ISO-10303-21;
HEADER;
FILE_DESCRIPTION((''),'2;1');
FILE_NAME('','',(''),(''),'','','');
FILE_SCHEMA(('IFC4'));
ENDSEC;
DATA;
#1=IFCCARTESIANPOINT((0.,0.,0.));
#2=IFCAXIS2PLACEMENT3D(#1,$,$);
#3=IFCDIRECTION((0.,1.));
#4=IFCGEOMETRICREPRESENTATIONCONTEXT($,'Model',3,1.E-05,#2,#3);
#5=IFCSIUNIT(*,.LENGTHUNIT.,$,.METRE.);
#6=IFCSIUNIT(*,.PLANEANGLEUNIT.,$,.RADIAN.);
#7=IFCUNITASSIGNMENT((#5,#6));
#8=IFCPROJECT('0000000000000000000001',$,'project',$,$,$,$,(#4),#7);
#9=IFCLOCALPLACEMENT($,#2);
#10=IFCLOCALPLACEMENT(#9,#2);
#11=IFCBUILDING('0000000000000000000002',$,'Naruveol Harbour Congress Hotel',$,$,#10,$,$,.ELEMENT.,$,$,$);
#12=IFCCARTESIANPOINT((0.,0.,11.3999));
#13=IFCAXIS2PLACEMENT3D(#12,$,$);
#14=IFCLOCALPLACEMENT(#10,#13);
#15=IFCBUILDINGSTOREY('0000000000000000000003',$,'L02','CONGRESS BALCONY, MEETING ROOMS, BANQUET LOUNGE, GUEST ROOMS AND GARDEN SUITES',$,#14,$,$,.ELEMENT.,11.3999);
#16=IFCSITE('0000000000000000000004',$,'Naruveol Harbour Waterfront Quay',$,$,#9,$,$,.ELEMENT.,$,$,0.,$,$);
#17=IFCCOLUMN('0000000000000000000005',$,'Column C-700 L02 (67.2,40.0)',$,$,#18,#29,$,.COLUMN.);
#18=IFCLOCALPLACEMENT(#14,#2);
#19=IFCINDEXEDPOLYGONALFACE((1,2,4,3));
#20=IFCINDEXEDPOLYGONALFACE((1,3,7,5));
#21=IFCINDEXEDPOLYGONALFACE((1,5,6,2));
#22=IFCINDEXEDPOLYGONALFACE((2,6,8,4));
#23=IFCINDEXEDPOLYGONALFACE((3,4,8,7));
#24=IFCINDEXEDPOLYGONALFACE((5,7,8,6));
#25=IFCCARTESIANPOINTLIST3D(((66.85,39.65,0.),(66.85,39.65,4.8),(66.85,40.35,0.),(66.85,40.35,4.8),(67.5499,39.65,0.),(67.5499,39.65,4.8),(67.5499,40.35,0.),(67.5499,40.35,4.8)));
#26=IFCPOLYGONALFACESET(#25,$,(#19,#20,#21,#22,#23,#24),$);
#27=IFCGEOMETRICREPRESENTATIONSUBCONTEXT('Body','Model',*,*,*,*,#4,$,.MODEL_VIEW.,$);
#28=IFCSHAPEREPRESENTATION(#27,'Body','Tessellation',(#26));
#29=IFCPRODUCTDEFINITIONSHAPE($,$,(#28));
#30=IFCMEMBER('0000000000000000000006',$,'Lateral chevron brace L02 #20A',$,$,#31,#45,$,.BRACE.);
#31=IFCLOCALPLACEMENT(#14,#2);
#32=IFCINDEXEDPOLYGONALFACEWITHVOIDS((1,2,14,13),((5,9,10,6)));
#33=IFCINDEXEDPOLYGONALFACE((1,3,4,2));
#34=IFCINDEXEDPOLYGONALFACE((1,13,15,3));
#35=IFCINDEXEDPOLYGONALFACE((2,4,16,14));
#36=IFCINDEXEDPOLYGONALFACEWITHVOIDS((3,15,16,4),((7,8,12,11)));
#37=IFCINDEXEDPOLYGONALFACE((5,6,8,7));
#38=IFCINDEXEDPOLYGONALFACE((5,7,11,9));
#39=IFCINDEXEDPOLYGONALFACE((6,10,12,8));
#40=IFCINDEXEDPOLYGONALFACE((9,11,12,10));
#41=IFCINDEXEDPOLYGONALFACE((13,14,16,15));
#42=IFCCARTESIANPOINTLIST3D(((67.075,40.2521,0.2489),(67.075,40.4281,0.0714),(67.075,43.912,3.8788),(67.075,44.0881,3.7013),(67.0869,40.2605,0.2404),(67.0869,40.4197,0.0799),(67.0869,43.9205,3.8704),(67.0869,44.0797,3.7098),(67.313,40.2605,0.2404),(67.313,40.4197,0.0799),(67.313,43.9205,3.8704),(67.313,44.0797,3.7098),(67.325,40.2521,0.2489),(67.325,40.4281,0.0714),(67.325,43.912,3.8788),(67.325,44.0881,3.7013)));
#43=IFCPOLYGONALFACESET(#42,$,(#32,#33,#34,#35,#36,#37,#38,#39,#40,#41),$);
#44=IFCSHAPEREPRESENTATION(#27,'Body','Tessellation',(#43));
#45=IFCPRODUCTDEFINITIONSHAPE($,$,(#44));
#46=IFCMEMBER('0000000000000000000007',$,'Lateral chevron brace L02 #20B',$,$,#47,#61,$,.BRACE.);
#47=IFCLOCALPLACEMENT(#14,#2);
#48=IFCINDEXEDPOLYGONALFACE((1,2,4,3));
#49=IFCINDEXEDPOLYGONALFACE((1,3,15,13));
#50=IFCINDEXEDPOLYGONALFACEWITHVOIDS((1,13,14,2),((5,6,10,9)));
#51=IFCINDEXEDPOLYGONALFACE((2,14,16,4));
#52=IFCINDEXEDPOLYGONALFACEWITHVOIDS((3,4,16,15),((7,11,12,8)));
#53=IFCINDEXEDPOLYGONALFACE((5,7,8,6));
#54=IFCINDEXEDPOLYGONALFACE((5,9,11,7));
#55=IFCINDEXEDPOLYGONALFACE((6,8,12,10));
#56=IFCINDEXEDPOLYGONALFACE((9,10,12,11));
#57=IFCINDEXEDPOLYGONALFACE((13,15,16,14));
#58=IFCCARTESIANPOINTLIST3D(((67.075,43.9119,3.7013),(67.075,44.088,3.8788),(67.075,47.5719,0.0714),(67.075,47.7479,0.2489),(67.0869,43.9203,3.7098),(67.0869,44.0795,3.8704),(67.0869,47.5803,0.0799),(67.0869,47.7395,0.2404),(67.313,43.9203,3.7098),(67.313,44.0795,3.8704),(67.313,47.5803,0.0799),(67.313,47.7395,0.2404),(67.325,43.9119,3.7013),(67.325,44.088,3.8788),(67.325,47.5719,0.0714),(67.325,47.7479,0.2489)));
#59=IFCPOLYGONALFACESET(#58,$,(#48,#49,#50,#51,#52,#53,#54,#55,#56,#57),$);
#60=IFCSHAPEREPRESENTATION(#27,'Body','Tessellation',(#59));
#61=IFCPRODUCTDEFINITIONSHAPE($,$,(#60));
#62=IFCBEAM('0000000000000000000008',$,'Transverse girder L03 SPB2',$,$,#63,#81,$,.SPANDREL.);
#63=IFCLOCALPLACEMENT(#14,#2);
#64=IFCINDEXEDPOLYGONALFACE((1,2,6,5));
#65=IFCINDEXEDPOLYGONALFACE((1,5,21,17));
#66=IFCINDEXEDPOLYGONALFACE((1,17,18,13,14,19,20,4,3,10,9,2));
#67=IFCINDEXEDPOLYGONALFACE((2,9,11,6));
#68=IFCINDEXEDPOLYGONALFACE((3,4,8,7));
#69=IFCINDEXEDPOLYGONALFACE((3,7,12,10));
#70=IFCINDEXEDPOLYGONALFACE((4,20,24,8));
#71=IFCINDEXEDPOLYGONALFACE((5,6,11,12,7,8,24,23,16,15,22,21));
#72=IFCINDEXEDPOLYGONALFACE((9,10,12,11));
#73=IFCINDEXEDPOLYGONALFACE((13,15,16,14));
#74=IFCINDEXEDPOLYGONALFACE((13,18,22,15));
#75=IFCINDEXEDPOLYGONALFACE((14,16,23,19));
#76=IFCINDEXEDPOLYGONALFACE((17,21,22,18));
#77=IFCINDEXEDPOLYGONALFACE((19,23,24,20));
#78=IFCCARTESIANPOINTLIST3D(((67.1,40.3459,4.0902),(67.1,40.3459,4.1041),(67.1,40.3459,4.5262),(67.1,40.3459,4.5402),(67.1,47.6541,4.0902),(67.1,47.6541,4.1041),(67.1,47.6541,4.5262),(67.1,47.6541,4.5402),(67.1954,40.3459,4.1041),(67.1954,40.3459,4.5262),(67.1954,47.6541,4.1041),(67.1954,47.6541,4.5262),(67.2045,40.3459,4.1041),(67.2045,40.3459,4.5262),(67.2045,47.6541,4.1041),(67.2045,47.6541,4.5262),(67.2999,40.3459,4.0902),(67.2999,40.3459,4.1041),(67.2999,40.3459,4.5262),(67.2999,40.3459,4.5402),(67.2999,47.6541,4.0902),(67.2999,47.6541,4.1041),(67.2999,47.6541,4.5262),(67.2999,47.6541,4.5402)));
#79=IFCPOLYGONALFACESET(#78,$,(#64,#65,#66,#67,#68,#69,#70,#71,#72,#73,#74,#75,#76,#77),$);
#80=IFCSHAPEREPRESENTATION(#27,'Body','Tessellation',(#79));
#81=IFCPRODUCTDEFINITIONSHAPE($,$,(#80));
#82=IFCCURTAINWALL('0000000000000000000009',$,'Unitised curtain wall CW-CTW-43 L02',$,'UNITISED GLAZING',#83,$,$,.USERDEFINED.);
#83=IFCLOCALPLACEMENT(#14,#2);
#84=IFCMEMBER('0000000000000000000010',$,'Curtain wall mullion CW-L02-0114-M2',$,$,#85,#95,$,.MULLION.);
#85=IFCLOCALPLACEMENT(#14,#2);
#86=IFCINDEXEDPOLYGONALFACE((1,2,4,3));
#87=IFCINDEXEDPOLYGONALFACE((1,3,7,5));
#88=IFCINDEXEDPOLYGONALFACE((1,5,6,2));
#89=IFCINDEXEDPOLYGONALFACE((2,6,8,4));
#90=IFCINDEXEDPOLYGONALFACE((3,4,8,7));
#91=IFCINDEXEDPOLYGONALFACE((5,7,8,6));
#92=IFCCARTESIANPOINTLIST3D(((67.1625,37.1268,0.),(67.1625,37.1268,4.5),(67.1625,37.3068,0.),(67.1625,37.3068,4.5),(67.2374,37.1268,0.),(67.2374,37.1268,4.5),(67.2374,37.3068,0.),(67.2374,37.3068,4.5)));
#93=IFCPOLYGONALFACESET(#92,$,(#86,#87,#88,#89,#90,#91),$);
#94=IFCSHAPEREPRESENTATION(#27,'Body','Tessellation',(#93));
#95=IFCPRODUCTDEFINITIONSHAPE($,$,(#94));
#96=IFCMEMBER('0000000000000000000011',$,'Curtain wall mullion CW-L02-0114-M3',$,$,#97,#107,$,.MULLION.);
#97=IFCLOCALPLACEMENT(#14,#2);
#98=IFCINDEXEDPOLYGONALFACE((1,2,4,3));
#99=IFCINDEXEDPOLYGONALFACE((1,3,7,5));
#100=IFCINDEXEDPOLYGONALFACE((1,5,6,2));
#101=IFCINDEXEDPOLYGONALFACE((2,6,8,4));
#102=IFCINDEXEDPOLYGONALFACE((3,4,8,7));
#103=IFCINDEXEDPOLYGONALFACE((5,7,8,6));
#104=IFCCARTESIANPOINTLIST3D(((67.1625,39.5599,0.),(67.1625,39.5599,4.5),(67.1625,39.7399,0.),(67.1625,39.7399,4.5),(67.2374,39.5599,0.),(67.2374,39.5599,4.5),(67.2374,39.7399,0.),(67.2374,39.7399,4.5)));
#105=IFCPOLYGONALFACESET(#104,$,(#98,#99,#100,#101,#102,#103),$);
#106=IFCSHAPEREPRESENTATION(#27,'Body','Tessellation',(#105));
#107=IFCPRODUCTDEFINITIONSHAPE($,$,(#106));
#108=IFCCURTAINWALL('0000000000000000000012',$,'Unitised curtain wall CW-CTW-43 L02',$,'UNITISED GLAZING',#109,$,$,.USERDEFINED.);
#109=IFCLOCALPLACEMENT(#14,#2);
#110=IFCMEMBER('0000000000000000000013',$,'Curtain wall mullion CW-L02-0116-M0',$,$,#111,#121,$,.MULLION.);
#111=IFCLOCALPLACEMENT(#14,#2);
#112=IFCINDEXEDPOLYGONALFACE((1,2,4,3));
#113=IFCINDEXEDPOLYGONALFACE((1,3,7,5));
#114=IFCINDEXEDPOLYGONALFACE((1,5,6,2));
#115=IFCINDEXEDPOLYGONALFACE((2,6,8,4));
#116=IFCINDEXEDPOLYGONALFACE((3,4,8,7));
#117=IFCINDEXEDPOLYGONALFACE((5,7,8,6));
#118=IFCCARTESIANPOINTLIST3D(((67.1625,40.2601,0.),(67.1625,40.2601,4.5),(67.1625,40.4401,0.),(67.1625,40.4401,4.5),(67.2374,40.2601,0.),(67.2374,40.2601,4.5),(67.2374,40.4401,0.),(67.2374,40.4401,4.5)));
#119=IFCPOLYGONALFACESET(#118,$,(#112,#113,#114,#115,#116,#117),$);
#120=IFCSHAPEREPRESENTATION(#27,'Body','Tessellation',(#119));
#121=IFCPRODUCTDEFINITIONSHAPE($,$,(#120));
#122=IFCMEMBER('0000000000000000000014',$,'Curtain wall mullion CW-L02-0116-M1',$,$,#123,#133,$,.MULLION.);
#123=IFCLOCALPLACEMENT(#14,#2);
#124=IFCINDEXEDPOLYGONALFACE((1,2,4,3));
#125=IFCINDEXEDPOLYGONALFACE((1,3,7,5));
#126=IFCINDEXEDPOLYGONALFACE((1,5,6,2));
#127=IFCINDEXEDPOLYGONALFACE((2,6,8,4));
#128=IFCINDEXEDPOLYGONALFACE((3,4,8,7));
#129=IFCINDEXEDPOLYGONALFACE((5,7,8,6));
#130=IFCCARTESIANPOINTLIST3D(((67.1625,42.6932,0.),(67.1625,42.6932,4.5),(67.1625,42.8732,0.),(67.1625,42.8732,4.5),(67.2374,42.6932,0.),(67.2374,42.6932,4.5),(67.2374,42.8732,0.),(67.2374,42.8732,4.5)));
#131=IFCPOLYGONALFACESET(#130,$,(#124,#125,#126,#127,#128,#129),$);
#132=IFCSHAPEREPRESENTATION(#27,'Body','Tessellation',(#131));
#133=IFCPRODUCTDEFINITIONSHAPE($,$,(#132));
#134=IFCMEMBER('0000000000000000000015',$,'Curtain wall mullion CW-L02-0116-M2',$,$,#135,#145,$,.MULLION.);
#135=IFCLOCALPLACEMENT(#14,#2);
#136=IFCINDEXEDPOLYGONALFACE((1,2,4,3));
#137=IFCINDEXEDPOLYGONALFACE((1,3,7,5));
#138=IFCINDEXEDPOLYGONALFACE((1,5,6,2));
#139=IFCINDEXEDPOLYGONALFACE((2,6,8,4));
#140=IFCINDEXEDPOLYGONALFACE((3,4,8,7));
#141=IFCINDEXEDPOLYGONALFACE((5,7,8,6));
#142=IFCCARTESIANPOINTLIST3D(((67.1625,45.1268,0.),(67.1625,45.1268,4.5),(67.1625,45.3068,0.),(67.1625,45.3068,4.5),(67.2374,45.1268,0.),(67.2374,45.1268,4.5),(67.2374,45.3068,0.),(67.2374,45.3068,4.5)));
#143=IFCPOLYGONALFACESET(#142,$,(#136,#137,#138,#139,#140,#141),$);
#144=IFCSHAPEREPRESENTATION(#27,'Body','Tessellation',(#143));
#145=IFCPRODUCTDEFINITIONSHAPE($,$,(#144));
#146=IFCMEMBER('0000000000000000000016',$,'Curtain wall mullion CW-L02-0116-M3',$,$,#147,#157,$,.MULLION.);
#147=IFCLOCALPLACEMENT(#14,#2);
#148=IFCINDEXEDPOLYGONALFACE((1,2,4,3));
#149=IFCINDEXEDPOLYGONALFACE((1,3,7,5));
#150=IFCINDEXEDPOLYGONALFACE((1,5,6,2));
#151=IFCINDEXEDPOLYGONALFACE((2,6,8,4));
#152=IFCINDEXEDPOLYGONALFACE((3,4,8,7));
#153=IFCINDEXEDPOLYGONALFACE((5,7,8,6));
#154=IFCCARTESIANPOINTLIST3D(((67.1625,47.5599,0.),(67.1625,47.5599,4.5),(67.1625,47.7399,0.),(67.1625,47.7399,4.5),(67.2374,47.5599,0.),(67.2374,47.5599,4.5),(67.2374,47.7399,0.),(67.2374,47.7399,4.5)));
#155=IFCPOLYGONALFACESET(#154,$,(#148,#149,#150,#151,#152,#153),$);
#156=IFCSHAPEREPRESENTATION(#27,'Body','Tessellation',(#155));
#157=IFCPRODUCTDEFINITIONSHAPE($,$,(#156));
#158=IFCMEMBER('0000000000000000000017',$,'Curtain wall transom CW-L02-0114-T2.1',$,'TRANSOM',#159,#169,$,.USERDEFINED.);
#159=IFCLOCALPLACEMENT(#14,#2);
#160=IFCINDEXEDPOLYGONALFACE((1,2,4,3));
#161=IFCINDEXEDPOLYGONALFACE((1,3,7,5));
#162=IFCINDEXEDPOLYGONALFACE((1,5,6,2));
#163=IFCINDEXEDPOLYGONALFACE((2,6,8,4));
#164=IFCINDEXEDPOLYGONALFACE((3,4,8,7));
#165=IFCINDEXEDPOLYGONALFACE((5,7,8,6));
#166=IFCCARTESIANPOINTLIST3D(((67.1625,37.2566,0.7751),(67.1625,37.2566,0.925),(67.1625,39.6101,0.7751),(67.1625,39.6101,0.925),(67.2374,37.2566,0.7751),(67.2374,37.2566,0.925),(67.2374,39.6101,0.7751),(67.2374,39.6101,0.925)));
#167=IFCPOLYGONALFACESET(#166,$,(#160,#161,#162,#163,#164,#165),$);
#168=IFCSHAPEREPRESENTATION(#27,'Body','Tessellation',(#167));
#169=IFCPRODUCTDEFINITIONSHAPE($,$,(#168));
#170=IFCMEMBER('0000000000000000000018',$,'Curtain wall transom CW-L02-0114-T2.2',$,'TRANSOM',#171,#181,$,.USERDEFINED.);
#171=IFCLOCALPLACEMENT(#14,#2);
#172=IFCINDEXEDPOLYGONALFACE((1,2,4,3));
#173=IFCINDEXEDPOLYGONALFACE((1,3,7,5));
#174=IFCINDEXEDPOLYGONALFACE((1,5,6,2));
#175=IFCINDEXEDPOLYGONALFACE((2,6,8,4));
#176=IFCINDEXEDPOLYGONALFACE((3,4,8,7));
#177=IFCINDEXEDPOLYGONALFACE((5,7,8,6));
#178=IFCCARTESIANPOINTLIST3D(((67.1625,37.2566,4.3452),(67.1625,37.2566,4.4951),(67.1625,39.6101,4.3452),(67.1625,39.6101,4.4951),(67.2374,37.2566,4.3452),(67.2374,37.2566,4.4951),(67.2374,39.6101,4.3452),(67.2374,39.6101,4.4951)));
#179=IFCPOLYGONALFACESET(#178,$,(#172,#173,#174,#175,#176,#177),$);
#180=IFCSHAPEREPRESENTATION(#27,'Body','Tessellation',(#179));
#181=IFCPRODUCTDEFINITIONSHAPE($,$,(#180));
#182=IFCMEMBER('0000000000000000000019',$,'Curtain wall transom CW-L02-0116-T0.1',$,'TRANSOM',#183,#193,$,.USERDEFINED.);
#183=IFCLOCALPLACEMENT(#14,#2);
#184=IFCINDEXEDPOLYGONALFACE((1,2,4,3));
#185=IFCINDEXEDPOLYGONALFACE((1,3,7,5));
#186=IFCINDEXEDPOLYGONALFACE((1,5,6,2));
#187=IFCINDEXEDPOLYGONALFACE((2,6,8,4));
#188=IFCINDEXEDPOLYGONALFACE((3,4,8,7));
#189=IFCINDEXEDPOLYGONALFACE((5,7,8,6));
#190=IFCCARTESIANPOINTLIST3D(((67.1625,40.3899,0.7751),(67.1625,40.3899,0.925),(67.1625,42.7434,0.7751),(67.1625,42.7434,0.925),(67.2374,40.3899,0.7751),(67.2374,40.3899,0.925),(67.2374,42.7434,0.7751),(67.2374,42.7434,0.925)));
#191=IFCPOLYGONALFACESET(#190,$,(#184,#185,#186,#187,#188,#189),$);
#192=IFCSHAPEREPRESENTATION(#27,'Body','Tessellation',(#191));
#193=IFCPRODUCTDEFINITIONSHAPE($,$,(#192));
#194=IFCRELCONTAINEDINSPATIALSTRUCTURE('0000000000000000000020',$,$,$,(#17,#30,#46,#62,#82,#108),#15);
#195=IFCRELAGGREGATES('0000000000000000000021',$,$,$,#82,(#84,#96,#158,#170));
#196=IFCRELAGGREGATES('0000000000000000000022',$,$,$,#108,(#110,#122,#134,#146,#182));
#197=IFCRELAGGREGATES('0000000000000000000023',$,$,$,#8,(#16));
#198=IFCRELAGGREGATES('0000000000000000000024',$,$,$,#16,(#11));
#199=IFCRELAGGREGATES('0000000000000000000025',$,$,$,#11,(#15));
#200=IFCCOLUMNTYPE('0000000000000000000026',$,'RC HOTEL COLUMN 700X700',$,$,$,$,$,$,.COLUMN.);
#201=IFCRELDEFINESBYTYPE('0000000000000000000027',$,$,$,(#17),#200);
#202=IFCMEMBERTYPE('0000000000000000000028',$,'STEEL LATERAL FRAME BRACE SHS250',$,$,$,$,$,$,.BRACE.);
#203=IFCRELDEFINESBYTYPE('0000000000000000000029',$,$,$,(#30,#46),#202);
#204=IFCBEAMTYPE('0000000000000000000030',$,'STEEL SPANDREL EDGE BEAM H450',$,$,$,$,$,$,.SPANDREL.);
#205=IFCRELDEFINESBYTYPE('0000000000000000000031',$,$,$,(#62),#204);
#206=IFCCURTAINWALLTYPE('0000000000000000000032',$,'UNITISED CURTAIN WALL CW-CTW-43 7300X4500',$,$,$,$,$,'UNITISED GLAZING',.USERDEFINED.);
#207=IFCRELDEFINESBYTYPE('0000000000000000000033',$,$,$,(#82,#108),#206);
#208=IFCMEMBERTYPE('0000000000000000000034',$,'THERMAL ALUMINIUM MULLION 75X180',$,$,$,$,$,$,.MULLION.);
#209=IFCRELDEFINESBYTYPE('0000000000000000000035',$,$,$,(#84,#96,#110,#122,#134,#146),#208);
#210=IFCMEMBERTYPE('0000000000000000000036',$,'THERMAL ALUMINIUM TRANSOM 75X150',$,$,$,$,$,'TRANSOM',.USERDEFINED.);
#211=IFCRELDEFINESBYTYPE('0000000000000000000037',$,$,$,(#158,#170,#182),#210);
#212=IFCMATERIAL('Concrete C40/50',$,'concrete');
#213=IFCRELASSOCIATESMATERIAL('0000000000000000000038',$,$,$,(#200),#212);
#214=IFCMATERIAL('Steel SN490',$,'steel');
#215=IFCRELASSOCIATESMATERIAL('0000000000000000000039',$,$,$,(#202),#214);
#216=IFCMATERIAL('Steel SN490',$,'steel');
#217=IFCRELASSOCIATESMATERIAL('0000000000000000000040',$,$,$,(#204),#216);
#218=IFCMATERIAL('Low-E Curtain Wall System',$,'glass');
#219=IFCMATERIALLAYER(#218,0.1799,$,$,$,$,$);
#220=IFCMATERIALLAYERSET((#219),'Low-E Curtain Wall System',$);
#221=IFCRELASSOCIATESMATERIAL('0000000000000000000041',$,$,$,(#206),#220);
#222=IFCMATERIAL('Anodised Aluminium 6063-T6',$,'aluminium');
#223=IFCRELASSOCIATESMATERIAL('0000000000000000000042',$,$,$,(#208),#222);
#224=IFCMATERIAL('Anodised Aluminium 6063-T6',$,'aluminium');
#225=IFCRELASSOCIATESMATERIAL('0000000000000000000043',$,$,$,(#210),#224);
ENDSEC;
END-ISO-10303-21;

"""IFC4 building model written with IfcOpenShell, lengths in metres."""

from ifc_helpers import new_model, si_unit, direction, frame, origin, origin_2d, place, context, subcontext, project, spatial, rectangle, hollow_rectangle, i_section, extrude, material, layer, layer_set, material_profile, profile_set, type_object, element, aggregate, save


model = new_model("IFC4")

# Units and contexts
model_context = context("Model", 3, precision=1e-05, world=origin(), true_north=direction((0.0, 1.0)))
body_context = subcontext(model_context, "Body", "Model", "MODEL_VIEW")
ifc_project = project(units=[si_unit("LENGTHUNIT", "METRE"), si_unit("PLANEANGLEUNIT", "RADIAN")], contexts=[model_context])

# Site, building, storey
site_placement = place(None, origin())
site = spatial("IfcSite", under=ifc_project, at=site_placement, Name="Naruveol Harbour Waterfront Quay", CompositionType="ELEMENT", RefElevation=0.0)
building_placement = place(site_placement, origin())
building = spatial("IfcBuilding", under=site, at=building_placement, Name="Naruveol Harbour Congress Hotel", CompositionType="ELEMENT")
storey_placement = place(building_placement, frame((0.0, 0.0, 11.3999)))
storey = spatial("IfcBuildingStorey", under=building, at=storey_placement, Name="L02", Description="CONGRESS BALCONY, MEETING ROOMS, BANQUET LOUNGE, GUEST ROOMS AND GARDEN SUITES", CompositionType="ELEMENT", Elevation=11.3999)

# Column
ifc_material_1 = material(Name="Concrete C40/50", Category="concrete")
ifc_material_profile_1 = material_profile(ifc_material_1, rectangle(XDim=0.7, YDim=0.7, at=origin_2d()), Name="RC-700x700")
ifc_profile_set_1 = profile_set([ifc_material_profile_1], Name="Concrete C40/50")
column_type = type_object("IfcColumnType", Name="RC HOTEL COLUMN 700X700", PredefinedType="COLUMN", material=ifc_profile_set_1)
column_placement = place(storey_placement, frame((67.2, 40.0, 0.0), z_axis=(0.0, 0.0, 1.0), x_axis=(1.0, 0.0, 0.0)))
element("IfcColumn", 1, at=column_placement, inside=storey, type_object=column_type, Name="Column C-700 L02 (67.2,40.0)", PredefinedType="COLUMN", context=body_context, shape_type="SweptSolid", body=[
    extrude(rectangle(XDim=0.7, YDim=0.7, at=origin_2d()), origin(), (0.0, 0.0, 1.0), 4.8),
])

# Members
ifc_material_2 = material(Name="Steel SN490", Category="steel")
ifc_material_profile_2 = material_profile(ifc_material_2, hollow_rectangle(XDim=0.25, YDim=0.25, WallThickness=0.012, at=origin_2d()), Name="SHS-250x250x12")
ifc_profile_set_2 = profile_set([ifc_material_profile_2], Name="Steel SN490")
member_type_1 = type_object("IfcMemberType", Name="STEEL LATERAL FRAME BRACE SHS250", PredefinedType="BRACE", material=ifc_profile_set_2)
for number, where, z_axis, x_axis, name in (
    (2, (67.2, 40.3401, 0.1602), (0.0, 0.710014, 0.704188), (-1.0, 0.0, 0.0), "Lateral chevron brace L02 #20A"),
    (3, (67.2, 47.6599, 0.1602), (0.0, -0.710014, 0.704188), (1.0, 0.0, 0.0), "Lateral chevron brace L02 #20B"),
):
    element("IfcMember", number, at=place(storey_placement, frame(where, z_axis=z_axis, x_axis=x_axis)), inside=storey, type_object=member_type_1, Name=name, PredefinedType="BRACE", context=body_context, shape_type="SweptSolid", body=[
        extrude(hollow_rectangle(XDim=0.25, YDim=0.25, WallThickness=0.012, at=origin_2d()), origin(), (0.0, 0.0, 1.0), 5.1548),
    ])

# Beam
ifc_material_3 = material(Name="Steel SN490", Category="steel")
ifc_material_profile_3 = material_profile(ifc_material_3, i_section(OverallWidth=0.2, OverallDepth=0.45, WebThickness=0.009, FlangeThickness=0.0139, at=origin_2d()), Name="H-450x200x9x14")
ifc_profile_set_3 = profile_set([ifc_material_profile_3], Name="Steel SN490")
beam_type = type_object("IfcBeamType", Name="STEEL SPANDREL EDGE BEAM H450", PredefinedType="SPANDREL", material=ifc_profile_set_3)
beam_placement = place(storey_placement, frame((67.2, 40.3459, 4.3152), z_axis=(0.0, 1.0, 0.0), x_axis=(-1.0, 0.0, 0.0)))
element("IfcBeam", 4, at=beam_placement, inside=storey, type_object=beam_type, Name="Transverse girder L03 SPB2", PredefinedType="SPANDREL", context=body_context, shape_type="SweptSolid", body=[
    extrude(i_section(OverallWidth=0.2, OverallDepth=0.45, WebThickness=0.009, FlangeThickness=0.0139, at=origin_2d()), origin(), (0.0, 0.0, 1.0), 7.3081),
])

# Curtain walls, members
ifc_material_4 = material(Name="Low-E Curtain Wall System", Category="glass")
ifc_layer_1 = layer(ifc_material_4, 0.1799)
ifc_layer_set_1 = layer_set([ifc_layer_1], Name="Low-E Curtain Wall System")
curtain_wall_type = type_object("IfcCurtainWallType", Name="UNITISED CURTAIN WALL CW-CTW-43 7300X4500", ElementType="UNITISED GLAZING", PredefinedType="USERDEFINED", material=ifc_layer_set_1)
curtain_wall_1_placement = place(storey_placement, origin())
curtain_wall_1 = element("IfcCurtainWall", 5, at=curtain_wall_1_placement, inside=storey, type_object=curtain_wall_type, Name="Unitised curtain wall CW-CTW-43 L02", ObjectType="UNITISED GLAZING", PredefinedType="USERDEFINED")
ifc_material_5 = material(Name="Anodised Aluminium 6063-T6", Category="aluminium")
ifc_material_profile_4 = material_profile(ifc_material_5, rectangle(XDim=0.075, YDim=0.1799, at=origin_2d()), Name="ALU-75x180")
ifc_profile_set_4 = profile_set([ifc_material_profile_4], Name="Anodised Aluminium 6063-T6")
member_type_2 = type_object("IfcMemberType", Name="THERMAL ALUMINIUM MULLION 75X180", PredefinedType="MULLION", material=ifc_profile_set_4)
member_1_placement = place(storey_placement, frame((67.2, 37.2168, 0.0), z_axis=(0.0, 0.0, 1.0), x_axis=(1.0, 0.0, 0.0)))
member_1 = element("IfcMember", 6, at=member_1_placement, type_object=member_type_2, Name="Curtain wall mullion CW-L02-0114-M2", PredefinedType="MULLION", context=body_context, shape_type="SweptSolid", body=[
    extrude(rectangle(XDim=0.075, YDim=0.1799, at=origin_2d()), origin(), (0.0, 0.0, 1.0), 4.5),
])
member_2_placement = place(storey_placement, frame((67.2, 39.6499, 0.0), z_axis=(0.0, 0.0, 1.0), x_axis=(1.0, 0.0, 0.0)))
member_2 = element("IfcMember", 7, at=member_2_placement, type_object=member_type_2, Name="Curtain wall mullion CW-L02-0114-M3", PredefinedType="MULLION", context=body_context, shape_type="SweptSolid", body=[
    extrude(rectangle(XDim=0.075, YDim=0.1799, at=origin_2d()), origin(), (0.0, 0.0, 1.0), 4.5),
])
curtain_wall_2_placement = place(storey_placement, origin())
curtain_wall_2 = element("IfcCurtainWall", 8, at=curtain_wall_2_placement, inside=storey, type_object=curtain_wall_type, Name="Unitised curtain wall CW-CTW-43 L02", ObjectType="UNITISED GLAZING", PredefinedType="USERDEFINED")
member_3_placement = place(storey_placement, frame((67.2, 40.3501, 0.0), z_axis=(0.0, 0.0, 1.0), x_axis=(1.0, 0.0, 0.0)))
member_3 = element("IfcMember", 9, at=member_3_placement, type_object=member_type_2, Name="Curtain wall mullion CW-L02-0116-M0", PredefinedType="MULLION", context=body_context, shape_type="SweptSolid", body=[
    extrude(rectangle(XDim=0.075, YDim=0.1799, at=origin_2d()), origin(), (0.0, 0.0, 1.0), 4.5),
])
member_4_placement = place(storey_placement, frame((67.2, 42.7832, 0.0), z_axis=(0.0, 0.0, 1.0), x_axis=(1.0, 0.0, 0.0)))
member_4 = element("IfcMember", 10, at=member_4_placement, type_object=member_type_2, Name="Curtain wall mullion CW-L02-0116-M1", PredefinedType="MULLION", context=body_context, shape_type="SweptSolid", body=[
    extrude(rectangle(XDim=0.075, YDim=0.1799, at=origin_2d()), origin(), (0.0, 0.0, 1.0), 4.5),
])
member_5_placement = place(storey_placement, frame((67.2, 45.2168, 0.0), z_axis=(0.0, 0.0, 1.0), x_axis=(1.0, 0.0, 0.0)))
member_5 = element("IfcMember", 11, at=member_5_placement, type_object=member_type_2, Name="Curtain wall mullion CW-L02-0116-M2", PredefinedType="MULLION", context=body_context, shape_type="SweptSolid", body=[
    extrude(rectangle(XDim=0.075, YDim=0.1799, at=origin_2d()), origin(), (0.0, 0.0, 1.0), 4.5),
])
member_6_placement = place(storey_placement, frame((67.2, 47.6499, 0.0), z_axis=(0.0, 0.0, 1.0), x_axis=(1.0, 0.0, 0.0)))
member_6 = element("IfcMember", 12, at=member_6_placement, type_object=member_type_2, Name="Curtain wall mullion CW-L02-0116-M3", PredefinedType="MULLION", context=body_context, shape_type="SweptSolid", body=[
    extrude(rectangle(XDim=0.075, YDim=0.1799, at=origin_2d()), origin(), (0.0, 0.0, 1.0), 4.5),
])

# Members
ifc_material_6 = material(Name="Anodised Aluminium 6063-T6", Category="aluminium")
ifc_material_profile_5 = material_profile(ifc_material_6, rectangle(XDim=0.075, YDim=0.1499, at=origin_2d()), Name="ALU-75x150")
ifc_profile_set_5 = profile_set([ifc_material_profile_5], Name="Anodised Aluminium 6063-T6")
member_type_3 = type_object("IfcMemberType", Name="THERMAL ALUMINIUM TRANSOM 75X150", ElementType="TRANSOM", PredefinedType="USERDEFINED", material=ifc_profile_set_5)
member_7_placement = place(storey_placement, frame((67.2, 37.2566, 0.8501), z_axis=(0.0, 1.0, 0.0), x_axis=(-1.0, 0.0, 0.0)))
member_7 = element("IfcMember", 13, at=member_7_placement, type_object=member_type_3, Name="Curtain wall transom CW-L02-0114-T2.1", ObjectType="TRANSOM", PredefinedType="USERDEFINED", context=body_context, shape_type="SweptSolid", body=[
    extrude(rectangle(XDim=0.075, YDim=0.1499, at=origin_2d()), origin(), (0.0, 0.0, 1.0), 2.3535),
])
member_8_placement = place(storey_placement, frame((67.2, 37.2566, 4.4202), z_axis=(0.0, 1.0, 0.0), x_axis=(-1.0, 0.0, 0.0)))
member_8 = element("IfcMember", 14, at=member_8_placement, type_object=member_type_3, Name="Curtain wall transom CW-L02-0114-T2.2", ObjectType="TRANSOM", PredefinedType="USERDEFINED", context=body_context, shape_type="SweptSolid", body=[
    extrude(rectangle(XDim=0.075, YDim=0.1499, at=origin_2d()), origin(), (0.0, 0.0, 1.0), 2.3535),
])
member_9_placement = place(storey_placement, frame((67.2, 40.3899, 0.8501), z_axis=(0.0, 1.0, 0.0), x_axis=(-1.0, 0.0, 0.0)))
member_9 = element("IfcMember", 15, at=member_9_placement, type_object=member_type_3, Name="Curtain wall transom CW-L02-0116-T0.1", ObjectType="TRANSOM", PredefinedType="USERDEFINED", context=body_context, shape_type="SweptSolid", body=[
    extrude(rectangle(XDim=0.075, YDim=0.1499, at=origin_2d()), origin(), (0.0, 0.0, 1.0), 2.3535),
])

aggregate(curtain_wall_1, [member_1, member_2, member_7, member_8])
aggregate(curtain_wall_2, [member_3, member_4, member_5, member_6, member_9])

save(model, "model.ifc")
